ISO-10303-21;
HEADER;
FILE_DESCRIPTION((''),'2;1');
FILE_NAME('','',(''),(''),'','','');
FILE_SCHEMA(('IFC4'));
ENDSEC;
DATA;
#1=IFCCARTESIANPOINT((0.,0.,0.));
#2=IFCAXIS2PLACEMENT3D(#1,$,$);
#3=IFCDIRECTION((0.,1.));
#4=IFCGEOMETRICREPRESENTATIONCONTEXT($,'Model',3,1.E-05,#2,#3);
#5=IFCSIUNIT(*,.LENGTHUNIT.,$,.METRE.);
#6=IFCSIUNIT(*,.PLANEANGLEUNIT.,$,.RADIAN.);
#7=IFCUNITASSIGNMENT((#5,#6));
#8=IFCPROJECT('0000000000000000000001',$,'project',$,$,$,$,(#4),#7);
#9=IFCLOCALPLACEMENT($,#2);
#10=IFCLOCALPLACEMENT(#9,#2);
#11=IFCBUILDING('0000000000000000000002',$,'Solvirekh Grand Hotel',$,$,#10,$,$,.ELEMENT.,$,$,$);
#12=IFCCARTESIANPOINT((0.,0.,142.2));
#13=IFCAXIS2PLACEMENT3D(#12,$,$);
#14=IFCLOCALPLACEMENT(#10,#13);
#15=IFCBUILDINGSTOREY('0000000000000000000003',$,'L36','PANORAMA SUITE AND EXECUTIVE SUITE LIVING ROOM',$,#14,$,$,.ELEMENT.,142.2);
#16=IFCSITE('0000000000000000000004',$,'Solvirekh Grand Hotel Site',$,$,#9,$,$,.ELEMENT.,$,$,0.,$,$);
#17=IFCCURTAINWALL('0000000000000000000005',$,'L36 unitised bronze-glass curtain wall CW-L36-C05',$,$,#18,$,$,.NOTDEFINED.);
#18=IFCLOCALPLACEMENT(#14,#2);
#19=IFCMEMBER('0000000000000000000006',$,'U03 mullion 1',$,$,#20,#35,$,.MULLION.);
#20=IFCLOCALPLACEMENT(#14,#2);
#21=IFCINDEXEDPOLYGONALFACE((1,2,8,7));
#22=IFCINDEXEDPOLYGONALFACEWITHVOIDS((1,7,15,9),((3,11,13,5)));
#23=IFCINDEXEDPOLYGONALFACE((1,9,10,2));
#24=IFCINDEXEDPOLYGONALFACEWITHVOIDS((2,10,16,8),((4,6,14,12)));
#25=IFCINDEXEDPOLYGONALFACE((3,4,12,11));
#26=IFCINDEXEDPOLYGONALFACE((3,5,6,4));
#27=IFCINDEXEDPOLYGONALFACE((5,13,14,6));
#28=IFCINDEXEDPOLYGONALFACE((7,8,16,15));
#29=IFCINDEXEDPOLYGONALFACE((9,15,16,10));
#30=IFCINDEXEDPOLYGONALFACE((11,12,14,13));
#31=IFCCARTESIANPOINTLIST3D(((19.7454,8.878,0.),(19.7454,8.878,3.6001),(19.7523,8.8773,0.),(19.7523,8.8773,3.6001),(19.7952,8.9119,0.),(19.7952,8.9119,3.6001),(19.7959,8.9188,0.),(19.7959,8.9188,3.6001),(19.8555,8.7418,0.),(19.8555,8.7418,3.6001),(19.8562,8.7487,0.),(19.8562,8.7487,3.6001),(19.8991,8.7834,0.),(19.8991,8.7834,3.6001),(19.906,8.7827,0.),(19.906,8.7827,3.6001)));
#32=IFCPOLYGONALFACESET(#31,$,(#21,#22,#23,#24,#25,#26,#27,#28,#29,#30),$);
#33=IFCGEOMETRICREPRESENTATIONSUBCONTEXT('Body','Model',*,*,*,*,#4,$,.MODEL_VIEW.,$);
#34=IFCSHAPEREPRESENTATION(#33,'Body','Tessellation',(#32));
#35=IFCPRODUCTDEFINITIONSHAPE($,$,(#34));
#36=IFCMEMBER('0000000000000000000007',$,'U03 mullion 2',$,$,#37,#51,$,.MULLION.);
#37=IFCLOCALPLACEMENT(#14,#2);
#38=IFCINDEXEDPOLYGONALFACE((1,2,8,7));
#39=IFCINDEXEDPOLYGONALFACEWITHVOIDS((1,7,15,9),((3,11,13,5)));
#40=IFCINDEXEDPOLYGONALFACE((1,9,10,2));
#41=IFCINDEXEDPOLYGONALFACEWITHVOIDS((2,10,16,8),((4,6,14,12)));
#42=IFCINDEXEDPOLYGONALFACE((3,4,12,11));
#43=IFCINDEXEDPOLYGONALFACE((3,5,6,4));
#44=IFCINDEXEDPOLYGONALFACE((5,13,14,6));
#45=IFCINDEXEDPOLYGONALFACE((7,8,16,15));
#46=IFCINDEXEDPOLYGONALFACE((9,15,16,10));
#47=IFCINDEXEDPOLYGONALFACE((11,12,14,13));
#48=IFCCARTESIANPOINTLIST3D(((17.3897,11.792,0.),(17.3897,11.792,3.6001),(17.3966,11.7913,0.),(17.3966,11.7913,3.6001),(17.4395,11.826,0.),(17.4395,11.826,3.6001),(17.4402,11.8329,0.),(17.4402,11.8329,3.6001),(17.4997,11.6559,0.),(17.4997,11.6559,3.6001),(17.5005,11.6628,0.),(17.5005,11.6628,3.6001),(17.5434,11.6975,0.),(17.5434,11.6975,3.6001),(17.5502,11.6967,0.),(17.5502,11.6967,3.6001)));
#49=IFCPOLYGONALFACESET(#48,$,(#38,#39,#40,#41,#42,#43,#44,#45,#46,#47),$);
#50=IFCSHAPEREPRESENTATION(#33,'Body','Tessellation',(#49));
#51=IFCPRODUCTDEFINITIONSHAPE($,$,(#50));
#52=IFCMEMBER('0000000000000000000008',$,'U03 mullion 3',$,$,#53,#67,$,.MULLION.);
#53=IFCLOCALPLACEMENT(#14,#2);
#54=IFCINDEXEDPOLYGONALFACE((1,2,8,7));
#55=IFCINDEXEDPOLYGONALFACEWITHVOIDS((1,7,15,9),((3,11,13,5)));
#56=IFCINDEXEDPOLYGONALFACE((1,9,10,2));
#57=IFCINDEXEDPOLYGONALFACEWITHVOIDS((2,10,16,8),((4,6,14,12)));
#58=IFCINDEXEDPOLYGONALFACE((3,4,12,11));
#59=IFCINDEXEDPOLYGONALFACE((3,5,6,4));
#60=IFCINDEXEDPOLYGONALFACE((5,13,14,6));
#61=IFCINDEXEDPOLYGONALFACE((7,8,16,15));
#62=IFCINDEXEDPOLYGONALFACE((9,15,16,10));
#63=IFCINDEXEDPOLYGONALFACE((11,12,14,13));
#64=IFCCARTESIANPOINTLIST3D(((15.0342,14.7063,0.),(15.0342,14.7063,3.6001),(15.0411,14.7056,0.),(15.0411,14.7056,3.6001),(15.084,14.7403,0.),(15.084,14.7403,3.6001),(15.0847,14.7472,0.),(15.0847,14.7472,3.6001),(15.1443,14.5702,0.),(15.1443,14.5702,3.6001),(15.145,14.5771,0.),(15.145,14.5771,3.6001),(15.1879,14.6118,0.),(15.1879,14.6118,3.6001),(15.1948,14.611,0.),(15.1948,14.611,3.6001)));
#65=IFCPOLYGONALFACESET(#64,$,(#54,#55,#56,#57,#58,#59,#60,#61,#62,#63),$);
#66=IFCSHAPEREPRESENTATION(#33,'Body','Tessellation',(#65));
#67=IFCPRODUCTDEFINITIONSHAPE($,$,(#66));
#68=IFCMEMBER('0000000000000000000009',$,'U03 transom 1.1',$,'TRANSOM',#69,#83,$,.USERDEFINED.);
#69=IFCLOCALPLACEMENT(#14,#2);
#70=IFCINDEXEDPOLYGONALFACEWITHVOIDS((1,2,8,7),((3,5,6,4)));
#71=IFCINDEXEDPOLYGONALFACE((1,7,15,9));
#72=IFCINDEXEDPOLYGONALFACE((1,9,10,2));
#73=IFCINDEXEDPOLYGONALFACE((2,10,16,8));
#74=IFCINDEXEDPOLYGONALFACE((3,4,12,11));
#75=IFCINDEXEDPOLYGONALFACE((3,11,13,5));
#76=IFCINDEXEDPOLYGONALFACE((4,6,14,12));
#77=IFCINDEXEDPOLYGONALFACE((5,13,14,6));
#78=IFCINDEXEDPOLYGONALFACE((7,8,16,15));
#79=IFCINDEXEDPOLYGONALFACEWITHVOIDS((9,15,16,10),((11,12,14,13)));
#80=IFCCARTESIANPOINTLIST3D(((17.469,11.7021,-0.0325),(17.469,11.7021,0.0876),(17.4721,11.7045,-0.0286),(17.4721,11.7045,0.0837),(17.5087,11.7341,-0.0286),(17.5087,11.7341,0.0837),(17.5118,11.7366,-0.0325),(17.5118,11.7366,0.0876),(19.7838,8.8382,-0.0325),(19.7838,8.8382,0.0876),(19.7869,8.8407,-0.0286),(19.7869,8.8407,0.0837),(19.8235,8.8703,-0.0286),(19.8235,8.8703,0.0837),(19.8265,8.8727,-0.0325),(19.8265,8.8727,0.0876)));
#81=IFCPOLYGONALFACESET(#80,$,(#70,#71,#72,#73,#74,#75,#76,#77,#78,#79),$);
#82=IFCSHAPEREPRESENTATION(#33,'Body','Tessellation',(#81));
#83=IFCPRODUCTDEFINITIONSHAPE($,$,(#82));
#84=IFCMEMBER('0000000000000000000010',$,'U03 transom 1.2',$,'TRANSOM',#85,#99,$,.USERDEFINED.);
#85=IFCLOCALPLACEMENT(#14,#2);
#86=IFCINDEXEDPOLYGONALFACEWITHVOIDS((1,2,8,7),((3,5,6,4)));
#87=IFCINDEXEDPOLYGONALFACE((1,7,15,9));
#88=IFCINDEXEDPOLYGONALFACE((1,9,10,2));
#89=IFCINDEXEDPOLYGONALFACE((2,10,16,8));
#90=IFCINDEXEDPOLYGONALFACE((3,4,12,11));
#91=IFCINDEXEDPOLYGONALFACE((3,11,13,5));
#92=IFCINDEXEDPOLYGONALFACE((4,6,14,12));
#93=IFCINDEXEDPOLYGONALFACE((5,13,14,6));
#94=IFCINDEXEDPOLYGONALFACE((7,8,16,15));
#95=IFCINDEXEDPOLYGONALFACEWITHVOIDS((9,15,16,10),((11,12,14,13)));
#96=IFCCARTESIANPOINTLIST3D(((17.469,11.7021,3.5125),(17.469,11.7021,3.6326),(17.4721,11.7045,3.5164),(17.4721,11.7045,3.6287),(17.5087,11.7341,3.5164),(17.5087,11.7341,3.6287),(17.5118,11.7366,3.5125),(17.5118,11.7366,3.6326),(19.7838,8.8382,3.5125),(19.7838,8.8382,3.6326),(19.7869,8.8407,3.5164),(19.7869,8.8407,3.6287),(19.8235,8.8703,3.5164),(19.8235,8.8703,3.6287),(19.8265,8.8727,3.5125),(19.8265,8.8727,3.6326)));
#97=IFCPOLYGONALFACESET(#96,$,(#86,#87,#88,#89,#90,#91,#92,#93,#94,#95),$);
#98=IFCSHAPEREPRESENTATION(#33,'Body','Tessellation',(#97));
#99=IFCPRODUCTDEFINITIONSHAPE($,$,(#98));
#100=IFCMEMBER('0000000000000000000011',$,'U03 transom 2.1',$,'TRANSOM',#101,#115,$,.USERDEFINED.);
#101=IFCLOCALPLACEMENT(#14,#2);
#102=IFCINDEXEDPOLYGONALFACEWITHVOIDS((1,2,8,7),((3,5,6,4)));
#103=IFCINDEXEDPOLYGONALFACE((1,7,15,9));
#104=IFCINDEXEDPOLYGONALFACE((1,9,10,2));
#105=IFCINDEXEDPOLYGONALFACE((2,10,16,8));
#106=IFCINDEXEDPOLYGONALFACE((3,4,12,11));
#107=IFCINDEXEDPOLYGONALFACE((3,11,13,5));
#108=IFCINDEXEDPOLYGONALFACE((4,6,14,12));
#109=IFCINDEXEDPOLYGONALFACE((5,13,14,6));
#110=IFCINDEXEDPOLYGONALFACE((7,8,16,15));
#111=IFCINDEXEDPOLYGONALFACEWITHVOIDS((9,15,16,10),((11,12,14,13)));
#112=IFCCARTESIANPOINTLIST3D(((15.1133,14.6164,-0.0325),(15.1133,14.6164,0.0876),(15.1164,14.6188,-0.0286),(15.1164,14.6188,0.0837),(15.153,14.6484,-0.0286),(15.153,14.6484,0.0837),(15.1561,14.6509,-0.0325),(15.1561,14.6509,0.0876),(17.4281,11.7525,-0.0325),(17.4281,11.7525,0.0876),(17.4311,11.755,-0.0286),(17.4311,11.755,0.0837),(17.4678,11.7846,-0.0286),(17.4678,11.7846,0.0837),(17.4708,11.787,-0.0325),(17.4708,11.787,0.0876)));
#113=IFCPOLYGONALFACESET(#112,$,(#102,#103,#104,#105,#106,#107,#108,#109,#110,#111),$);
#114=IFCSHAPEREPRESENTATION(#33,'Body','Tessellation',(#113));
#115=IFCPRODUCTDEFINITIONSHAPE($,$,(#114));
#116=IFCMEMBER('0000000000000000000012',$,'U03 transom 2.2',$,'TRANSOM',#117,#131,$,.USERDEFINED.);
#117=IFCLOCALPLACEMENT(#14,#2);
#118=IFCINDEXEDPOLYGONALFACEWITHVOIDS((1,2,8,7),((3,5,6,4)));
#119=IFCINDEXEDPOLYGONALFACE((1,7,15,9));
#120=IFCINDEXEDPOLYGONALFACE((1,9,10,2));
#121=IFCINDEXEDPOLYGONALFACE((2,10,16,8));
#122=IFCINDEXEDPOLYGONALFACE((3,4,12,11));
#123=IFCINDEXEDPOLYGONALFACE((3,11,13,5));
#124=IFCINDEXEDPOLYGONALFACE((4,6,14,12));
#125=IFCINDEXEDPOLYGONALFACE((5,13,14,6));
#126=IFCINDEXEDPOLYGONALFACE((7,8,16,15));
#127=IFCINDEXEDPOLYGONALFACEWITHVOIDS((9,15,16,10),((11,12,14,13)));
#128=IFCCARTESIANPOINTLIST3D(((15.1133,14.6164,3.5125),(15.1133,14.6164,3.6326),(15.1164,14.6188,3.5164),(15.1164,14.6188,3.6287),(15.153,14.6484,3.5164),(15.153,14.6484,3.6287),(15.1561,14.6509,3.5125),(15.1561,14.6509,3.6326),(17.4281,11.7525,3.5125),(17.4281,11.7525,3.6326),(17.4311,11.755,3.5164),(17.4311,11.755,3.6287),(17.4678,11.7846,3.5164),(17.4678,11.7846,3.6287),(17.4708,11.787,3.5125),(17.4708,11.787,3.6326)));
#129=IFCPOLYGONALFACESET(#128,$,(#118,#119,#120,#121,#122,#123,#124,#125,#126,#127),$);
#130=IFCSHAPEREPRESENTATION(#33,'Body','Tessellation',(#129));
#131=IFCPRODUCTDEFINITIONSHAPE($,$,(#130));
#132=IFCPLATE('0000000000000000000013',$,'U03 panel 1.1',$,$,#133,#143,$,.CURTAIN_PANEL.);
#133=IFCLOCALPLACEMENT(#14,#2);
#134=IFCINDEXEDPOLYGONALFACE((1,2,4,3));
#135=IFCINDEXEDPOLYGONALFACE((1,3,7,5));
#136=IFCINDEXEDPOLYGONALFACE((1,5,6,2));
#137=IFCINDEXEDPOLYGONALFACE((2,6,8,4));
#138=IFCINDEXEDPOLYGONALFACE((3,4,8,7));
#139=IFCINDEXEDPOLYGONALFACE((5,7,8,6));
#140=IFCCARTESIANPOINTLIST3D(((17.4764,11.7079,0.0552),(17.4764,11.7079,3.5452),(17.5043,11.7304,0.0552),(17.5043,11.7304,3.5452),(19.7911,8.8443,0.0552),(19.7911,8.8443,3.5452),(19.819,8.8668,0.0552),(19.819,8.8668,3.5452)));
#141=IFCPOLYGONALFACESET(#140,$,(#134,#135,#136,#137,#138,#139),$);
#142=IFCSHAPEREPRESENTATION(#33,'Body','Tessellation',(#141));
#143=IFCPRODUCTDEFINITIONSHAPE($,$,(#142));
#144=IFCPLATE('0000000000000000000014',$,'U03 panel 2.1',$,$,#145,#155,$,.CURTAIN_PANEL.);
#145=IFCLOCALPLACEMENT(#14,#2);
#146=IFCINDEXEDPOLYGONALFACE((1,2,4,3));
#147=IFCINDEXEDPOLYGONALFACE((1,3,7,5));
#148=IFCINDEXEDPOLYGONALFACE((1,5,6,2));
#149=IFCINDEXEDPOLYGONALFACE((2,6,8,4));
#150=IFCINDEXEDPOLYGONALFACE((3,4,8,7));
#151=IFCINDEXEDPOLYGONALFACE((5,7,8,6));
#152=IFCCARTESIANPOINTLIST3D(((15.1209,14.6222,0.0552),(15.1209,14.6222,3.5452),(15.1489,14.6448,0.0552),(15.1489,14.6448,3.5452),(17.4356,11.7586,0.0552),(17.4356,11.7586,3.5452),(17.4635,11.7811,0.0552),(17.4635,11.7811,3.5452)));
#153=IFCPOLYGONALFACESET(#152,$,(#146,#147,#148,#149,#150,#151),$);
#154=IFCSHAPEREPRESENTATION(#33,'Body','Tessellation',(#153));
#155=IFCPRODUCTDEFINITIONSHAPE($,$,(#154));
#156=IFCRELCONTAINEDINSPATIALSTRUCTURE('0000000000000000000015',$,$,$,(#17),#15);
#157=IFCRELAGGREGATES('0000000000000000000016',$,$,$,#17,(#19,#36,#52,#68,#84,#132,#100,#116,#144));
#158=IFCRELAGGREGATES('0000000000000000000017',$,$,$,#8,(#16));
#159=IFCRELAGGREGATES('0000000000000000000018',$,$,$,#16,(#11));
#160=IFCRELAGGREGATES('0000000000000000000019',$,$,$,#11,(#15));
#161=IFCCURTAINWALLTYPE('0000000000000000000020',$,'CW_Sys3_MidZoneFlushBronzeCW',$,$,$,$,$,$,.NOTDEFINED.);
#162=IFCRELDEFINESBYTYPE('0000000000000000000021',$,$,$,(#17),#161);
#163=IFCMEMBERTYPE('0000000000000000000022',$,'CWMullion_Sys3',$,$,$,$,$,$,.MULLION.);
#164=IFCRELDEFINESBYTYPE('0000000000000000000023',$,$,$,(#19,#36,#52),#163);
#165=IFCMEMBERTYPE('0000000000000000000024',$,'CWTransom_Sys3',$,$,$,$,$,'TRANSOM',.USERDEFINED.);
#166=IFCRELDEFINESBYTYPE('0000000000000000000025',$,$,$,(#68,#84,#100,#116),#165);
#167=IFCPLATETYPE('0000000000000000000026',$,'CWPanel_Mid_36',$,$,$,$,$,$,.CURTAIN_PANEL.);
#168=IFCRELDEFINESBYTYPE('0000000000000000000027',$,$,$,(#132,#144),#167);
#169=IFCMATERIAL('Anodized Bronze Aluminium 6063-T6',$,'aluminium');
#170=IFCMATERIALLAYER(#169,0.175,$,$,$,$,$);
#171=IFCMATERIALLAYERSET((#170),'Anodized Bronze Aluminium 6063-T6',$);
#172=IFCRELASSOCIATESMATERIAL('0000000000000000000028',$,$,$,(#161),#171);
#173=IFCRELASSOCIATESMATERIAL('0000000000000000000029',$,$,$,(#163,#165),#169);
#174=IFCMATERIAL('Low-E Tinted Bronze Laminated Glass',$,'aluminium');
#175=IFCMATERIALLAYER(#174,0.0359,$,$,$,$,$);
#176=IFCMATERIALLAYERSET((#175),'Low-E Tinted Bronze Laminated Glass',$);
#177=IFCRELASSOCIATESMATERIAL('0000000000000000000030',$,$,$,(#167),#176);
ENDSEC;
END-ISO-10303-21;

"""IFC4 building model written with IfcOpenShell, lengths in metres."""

from ifc_helpers import new_model, si_unit, direction, frame, origin, origin_2d, place, context, subcontext, project, spatial, rectangle, hollow_rectangle, extrude, source, transform, mapped, material, layer, layer_set, material_profile, profile_set, type_object, element, aggregate, save


model = new_model("IFC4")

# Units and contexts
model_context = context("Model", 3, precision=1e-05, world=origin(), true_north=direction((0.0, 1.0)))
body_context = subcontext(model_context, "Body", "Model", "MODEL_VIEW")
ifc_project = project(units=[si_unit("LENGTHUNIT", "METRE"), si_unit("PLANEANGLEUNIT", "RADIAN")], contexts=[model_context])

# Site, building, storey
site_placement = place(None, origin())
site = spatial("IfcSite", under=ifc_project, at=site_placement, Name="Solvirekh Grand Hotel Site", CompositionType="ELEMENT", RefElevation=0.0)
building_placement = place(site_placement, origin())
building = spatial("IfcBuilding", under=site, at=building_placement, Name="Solvirekh Grand Hotel", CompositionType="ELEMENT")
storey_placement = place(building_placement, frame((0.0, 0.0, 142.2)))
storey = spatial("IfcBuildingStorey", under=building, at=storey_placement, Name="L36", Description="PANORAMA SUITE AND EXECUTIVE SUITE LIVING ROOM", CompositionType="ELEMENT", Elevation=142.2)

# Curtain wall, members, plates
ifc_material_1 = material(Name="Anodized Bronze Aluminium 6063-T6", Category="aluminium")
ifc_layer_1 = layer(ifc_material_1, 0.175)
ifc_layer_set_1 = layer_set([ifc_layer_1], Name="Anodized Bronze Aluminium 6063-T6")
curtain_wall_type = type_object("IfcCurtainWallType", Name="CW_Sys3_MidZoneFlushBronzeCW", PredefinedType="NOTDEFINED", material=ifc_layer_set_1)
curtain_wall_placement = place(storey_placement, origin())
curtain_wall = element("IfcCurtainWall", 1, at=curtain_wall_placement, inside=storey, type_object=curtain_wall_type, Name="L36 unitised bronze-glass curtain wall CW-L36-C05", PredefinedType="NOTDEFINED")
ifc_material_profile_1 = material_profile(ifc_material_1, hollow_rectangle(XDim=0.0649, YDim=0.175, WallThickness=0.0049, at=origin_2d()), Name="ALU RHS 175X65X5")
ifc_profile_set_1 = profile_set([ifc_material_profile_1], Name="Anodized Bronze Aluminium 6063-T6")
member_type_1 = type_object("IfcMemberType", Name="CWMullion_Sys3", PredefinedType="MULLION", material=ifc_profile_set_1)
shared_shape_1 = source(origin(), body_context, "Body", "SweptSolid", [
    extrude(hollow_rectangle(XDim=0.0649, YDim=0.175, WallThickness=0.0049, at=origin_2d()), origin(), (0.0, 0.0, 1.0), 3.6001),
])
member_1_placement = place(storey_placement, frame((19.8257, 8.8303, 0.0), z_axis=(0.0, 0.0, 1.0), x_axis=(-0.77771, -0.628623, 0.0)))
member_1 = element("IfcMember", 2, at=member_1_placement, type_object=member_type_1, Name="U03 mullion 1", PredefinedType="MULLION", context=body_context, shape_type="MappedRepresentation", body=[
    mapped(shared_shape_1, transform((0.0, 0.0, 0.0), x_axis=(1.0, 0.0, 0.0), y_axis=(0.0, 1.0, 0.0), z_axis=(0.0, 0.0, 1.0), scale=1.0)),
])
member_2_placement = place(storey_placement, frame((17.47, 11.7444, 0.0), z_axis=(0.0, 0.0, 1.0), x_axis=(-0.77771, -0.628623, 0.0)))
member_2 = element("IfcMember", 3, at=member_2_placement, type_object=member_type_1, Name="U03 mullion 2", PredefinedType="MULLION", context=body_context, shape_type="MappedRepresentation", body=[
    mapped(shared_shape_1, transform((0.0, 0.0, 0.0), x_axis=(1.0, 0.0, 0.0), y_axis=(0.0, 1.0, 0.0), z_axis=(0.0, 0.0, 1.0), scale=1.0)),
])
member_3_placement = place(storey_placement, frame((15.1145, 14.6587, 0.0), z_axis=(0.0, 0.0, 1.0), x_axis=(-0.77771, -0.628623, 0.0)))
member_3 = element("IfcMember", 4, at=member_3_placement, type_object=member_type_1, Name="U03 mullion 3", PredefinedType="MULLION", context=body_context, shape_type="MappedRepresentation", body=[
    mapped(shared_shape_1, transform((0.0, 0.0, 0.0), x_axis=(1.0, 0.0, 0.0), y_axis=(0.0, 1.0, 0.0), z_axis=(0.0, 0.0, 1.0), scale=1.0)),
])
ifc_material_profile_2 = material_profile(ifc_material_1, hollow_rectangle(XDim=0.0549, YDim=0.1201, WallThickness=0.0039, at=origin_2d()), Name="ALU RHS 120X55X4")
ifc_profile_set_2 = profile_set([ifc_material_profile_2], Name="Anodized Bronze Aluminium 6063-T6")
member_type_2 = type_object("IfcMemberType", Name="CWTransom_Sys3", ElementType="TRANSOM", PredefinedType="USERDEFINED", material=ifc_profile_set_2)
shared_shape_2 = source(origin(), body_context, "Body", "SweptSolid", [
    extrude(hollow_rectangle(XDim=0.0549, YDim=0.1201, WallThickness=0.0039, at=origin_2d()), origin(), (0.0, 0.0, 1.0), 3.6824),
])
member_4_placement = place(storey_placement, frame((19.8052, 8.8555, 0.0276), z_axis=(-0.628609, 0.777722, 0.0), x_axis=(-0.777722, -0.628609, 0.0)))
member_4 = element("IfcMember", 5, at=member_4_placement, type_object=member_type_2, Name="U03 transom 1.1", ObjectType="TRANSOM", PredefinedType="USERDEFINED", context=body_context, shape_type="MappedRepresentation", body=[
    mapped(shared_shape_2, transform((0.0, 0.0, 0.0), x_axis=(1.0, 0.0, 0.0), y_axis=(0.0, 1.0, 0.0), z_axis=(0.0, 0.0, 1.0), scale=1.0)),
])
member_5_placement = place(storey_placement, frame((19.8052, 8.8555, 3.5725), z_axis=(-0.628609, 0.777722, 0.0), x_axis=(-0.777722, -0.628609, 0.0)))
member_5 = element("IfcMember", 6, at=member_5_placement, type_object=member_type_2, Name="U03 transom 1.2", ObjectType="TRANSOM", PredefinedType="USERDEFINED", context=body_context, shape_type="MappedRepresentation", body=[
    mapped(shared_shape_2, transform((0.0, 0.0, 0.0), x_axis=(1.0, 0.0, 0.0), y_axis=(0.0, 1.0, 0.0), z_axis=(0.0, 0.0, 1.0), scale=1.0)),
])
member_6_placement = place(storey_placement, frame((17.4495, 11.7698, 0.0276), z_axis=(-0.628609, 0.777722, 0.0), x_axis=(-0.777722, -0.628609, 0.0)))
member_6 = element("IfcMember", 7, at=member_6_placement, type_object=member_type_2, Name="U03 transom 2.1", ObjectType="TRANSOM", PredefinedType="USERDEFINED", context=body_context, shape_type="MappedRepresentation", body=[
    mapped(shared_shape_2, transform((0.0, 0.0, 0.0), x_axis=(1.0, 0.0, 0.0), y_axis=(0.0, 1.0, 0.0), z_axis=(0.0, 0.0, 1.0), scale=1.0)),
])
member_7_placement = place(storey_placement, frame((17.4495, 11.7698, 3.5725), z_axis=(-0.628609, 0.777722, 0.0), x_axis=(-0.777722, -0.628609, 0.0)))
member_7 = element("IfcMember", 8, at=member_7_placement, type_object=member_type_2, Name="U03 transom 2.2", ObjectType="TRANSOM", PredefinedType="USERDEFINED", context=body_context, shape_type="MappedRepresentation", body=[
    mapped(shared_shape_2, transform((0.0, 0.0, 0.0), x_axis=(1.0, 0.0, 0.0), y_axis=(0.0, 1.0, 0.0), z_axis=(0.0, 0.0, 1.0), scale=1.0)),
])
ifc_material_2 = material(Name="Low-E Tinted Bronze Laminated Glass", Category="aluminium")
ifc_layer_2 = layer(ifc_material_2, 0.0359)
ifc_layer_set_2 = layer_set([ifc_layer_2], Name="Low-E Tinted Bronze Laminated Glass")
plate_type = type_object("IfcPlateType", Name="CWPanel_Mid_36", PredefinedType="CURTAIN_PANEL", material=ifc_layer_set_2)
shared_shape_3 = source(origin(), body_context, "Body", "SweptSolid", [
    extrude(rectangle(XDim=3.6821, YDim=0.0359, at=origin_2d()), origin(), (0.0, 0.0, 1.0), 3.49),
])
plate_1_placement = place(storey_placement, frame((18.6477, 10.2874, 0.0552), z_axis=(0.0, 0.0, 1.0), x_axis=(-0.628623, 0.77771, 0.0)))
plate_1 = element("IfcPlate", 9, at=plate_1_placement, type_object=plate_type, Name="U03 panel 1.1", PredefinedType="CURTAIN_PANEL", context=body_context, shape_type="MappedRepresentation", body=[
    mapped(shared_shape_3, transform((0.0, 0.0, 0.0), x_axis=(1.0, 0.0, 0.0), y_axis=(0.0, 1.0, 0.0), z_axis=(0.0, 0.0, 1.0), scale=1.0)),
])
plate_2_placement = place(storey_placement, frame((16.2922, 13.2017, 0.0552), z_axis=(0.0, 0.0, 1.0), x_axis=(-0.628623, 0.77771, 0.0)))
plate_2 = element("IfcPlate", 10, at=plate_2_placement, type_object=plate_type, Name="U03 panel 2.1", PredefinedType="CURTAIN_PANEL", context=body_context, shape_type="MappedRepresentation", body=[
    mapped(shared_shape_3, transform((0.0, 0.0, 0.0), x_axis=(1.0, 0.0, 0.0), y_axis=(0.0, 1.0, 0.0), z_axis=(0.0, 0.0, 1.0), scale=1.0)),
])
aggregate(curtain_wall, [member_1, member_2, member_3, member_4, member_5, plate_1, member_6, member_7, plate_2])

save(model, "model.ifc")
